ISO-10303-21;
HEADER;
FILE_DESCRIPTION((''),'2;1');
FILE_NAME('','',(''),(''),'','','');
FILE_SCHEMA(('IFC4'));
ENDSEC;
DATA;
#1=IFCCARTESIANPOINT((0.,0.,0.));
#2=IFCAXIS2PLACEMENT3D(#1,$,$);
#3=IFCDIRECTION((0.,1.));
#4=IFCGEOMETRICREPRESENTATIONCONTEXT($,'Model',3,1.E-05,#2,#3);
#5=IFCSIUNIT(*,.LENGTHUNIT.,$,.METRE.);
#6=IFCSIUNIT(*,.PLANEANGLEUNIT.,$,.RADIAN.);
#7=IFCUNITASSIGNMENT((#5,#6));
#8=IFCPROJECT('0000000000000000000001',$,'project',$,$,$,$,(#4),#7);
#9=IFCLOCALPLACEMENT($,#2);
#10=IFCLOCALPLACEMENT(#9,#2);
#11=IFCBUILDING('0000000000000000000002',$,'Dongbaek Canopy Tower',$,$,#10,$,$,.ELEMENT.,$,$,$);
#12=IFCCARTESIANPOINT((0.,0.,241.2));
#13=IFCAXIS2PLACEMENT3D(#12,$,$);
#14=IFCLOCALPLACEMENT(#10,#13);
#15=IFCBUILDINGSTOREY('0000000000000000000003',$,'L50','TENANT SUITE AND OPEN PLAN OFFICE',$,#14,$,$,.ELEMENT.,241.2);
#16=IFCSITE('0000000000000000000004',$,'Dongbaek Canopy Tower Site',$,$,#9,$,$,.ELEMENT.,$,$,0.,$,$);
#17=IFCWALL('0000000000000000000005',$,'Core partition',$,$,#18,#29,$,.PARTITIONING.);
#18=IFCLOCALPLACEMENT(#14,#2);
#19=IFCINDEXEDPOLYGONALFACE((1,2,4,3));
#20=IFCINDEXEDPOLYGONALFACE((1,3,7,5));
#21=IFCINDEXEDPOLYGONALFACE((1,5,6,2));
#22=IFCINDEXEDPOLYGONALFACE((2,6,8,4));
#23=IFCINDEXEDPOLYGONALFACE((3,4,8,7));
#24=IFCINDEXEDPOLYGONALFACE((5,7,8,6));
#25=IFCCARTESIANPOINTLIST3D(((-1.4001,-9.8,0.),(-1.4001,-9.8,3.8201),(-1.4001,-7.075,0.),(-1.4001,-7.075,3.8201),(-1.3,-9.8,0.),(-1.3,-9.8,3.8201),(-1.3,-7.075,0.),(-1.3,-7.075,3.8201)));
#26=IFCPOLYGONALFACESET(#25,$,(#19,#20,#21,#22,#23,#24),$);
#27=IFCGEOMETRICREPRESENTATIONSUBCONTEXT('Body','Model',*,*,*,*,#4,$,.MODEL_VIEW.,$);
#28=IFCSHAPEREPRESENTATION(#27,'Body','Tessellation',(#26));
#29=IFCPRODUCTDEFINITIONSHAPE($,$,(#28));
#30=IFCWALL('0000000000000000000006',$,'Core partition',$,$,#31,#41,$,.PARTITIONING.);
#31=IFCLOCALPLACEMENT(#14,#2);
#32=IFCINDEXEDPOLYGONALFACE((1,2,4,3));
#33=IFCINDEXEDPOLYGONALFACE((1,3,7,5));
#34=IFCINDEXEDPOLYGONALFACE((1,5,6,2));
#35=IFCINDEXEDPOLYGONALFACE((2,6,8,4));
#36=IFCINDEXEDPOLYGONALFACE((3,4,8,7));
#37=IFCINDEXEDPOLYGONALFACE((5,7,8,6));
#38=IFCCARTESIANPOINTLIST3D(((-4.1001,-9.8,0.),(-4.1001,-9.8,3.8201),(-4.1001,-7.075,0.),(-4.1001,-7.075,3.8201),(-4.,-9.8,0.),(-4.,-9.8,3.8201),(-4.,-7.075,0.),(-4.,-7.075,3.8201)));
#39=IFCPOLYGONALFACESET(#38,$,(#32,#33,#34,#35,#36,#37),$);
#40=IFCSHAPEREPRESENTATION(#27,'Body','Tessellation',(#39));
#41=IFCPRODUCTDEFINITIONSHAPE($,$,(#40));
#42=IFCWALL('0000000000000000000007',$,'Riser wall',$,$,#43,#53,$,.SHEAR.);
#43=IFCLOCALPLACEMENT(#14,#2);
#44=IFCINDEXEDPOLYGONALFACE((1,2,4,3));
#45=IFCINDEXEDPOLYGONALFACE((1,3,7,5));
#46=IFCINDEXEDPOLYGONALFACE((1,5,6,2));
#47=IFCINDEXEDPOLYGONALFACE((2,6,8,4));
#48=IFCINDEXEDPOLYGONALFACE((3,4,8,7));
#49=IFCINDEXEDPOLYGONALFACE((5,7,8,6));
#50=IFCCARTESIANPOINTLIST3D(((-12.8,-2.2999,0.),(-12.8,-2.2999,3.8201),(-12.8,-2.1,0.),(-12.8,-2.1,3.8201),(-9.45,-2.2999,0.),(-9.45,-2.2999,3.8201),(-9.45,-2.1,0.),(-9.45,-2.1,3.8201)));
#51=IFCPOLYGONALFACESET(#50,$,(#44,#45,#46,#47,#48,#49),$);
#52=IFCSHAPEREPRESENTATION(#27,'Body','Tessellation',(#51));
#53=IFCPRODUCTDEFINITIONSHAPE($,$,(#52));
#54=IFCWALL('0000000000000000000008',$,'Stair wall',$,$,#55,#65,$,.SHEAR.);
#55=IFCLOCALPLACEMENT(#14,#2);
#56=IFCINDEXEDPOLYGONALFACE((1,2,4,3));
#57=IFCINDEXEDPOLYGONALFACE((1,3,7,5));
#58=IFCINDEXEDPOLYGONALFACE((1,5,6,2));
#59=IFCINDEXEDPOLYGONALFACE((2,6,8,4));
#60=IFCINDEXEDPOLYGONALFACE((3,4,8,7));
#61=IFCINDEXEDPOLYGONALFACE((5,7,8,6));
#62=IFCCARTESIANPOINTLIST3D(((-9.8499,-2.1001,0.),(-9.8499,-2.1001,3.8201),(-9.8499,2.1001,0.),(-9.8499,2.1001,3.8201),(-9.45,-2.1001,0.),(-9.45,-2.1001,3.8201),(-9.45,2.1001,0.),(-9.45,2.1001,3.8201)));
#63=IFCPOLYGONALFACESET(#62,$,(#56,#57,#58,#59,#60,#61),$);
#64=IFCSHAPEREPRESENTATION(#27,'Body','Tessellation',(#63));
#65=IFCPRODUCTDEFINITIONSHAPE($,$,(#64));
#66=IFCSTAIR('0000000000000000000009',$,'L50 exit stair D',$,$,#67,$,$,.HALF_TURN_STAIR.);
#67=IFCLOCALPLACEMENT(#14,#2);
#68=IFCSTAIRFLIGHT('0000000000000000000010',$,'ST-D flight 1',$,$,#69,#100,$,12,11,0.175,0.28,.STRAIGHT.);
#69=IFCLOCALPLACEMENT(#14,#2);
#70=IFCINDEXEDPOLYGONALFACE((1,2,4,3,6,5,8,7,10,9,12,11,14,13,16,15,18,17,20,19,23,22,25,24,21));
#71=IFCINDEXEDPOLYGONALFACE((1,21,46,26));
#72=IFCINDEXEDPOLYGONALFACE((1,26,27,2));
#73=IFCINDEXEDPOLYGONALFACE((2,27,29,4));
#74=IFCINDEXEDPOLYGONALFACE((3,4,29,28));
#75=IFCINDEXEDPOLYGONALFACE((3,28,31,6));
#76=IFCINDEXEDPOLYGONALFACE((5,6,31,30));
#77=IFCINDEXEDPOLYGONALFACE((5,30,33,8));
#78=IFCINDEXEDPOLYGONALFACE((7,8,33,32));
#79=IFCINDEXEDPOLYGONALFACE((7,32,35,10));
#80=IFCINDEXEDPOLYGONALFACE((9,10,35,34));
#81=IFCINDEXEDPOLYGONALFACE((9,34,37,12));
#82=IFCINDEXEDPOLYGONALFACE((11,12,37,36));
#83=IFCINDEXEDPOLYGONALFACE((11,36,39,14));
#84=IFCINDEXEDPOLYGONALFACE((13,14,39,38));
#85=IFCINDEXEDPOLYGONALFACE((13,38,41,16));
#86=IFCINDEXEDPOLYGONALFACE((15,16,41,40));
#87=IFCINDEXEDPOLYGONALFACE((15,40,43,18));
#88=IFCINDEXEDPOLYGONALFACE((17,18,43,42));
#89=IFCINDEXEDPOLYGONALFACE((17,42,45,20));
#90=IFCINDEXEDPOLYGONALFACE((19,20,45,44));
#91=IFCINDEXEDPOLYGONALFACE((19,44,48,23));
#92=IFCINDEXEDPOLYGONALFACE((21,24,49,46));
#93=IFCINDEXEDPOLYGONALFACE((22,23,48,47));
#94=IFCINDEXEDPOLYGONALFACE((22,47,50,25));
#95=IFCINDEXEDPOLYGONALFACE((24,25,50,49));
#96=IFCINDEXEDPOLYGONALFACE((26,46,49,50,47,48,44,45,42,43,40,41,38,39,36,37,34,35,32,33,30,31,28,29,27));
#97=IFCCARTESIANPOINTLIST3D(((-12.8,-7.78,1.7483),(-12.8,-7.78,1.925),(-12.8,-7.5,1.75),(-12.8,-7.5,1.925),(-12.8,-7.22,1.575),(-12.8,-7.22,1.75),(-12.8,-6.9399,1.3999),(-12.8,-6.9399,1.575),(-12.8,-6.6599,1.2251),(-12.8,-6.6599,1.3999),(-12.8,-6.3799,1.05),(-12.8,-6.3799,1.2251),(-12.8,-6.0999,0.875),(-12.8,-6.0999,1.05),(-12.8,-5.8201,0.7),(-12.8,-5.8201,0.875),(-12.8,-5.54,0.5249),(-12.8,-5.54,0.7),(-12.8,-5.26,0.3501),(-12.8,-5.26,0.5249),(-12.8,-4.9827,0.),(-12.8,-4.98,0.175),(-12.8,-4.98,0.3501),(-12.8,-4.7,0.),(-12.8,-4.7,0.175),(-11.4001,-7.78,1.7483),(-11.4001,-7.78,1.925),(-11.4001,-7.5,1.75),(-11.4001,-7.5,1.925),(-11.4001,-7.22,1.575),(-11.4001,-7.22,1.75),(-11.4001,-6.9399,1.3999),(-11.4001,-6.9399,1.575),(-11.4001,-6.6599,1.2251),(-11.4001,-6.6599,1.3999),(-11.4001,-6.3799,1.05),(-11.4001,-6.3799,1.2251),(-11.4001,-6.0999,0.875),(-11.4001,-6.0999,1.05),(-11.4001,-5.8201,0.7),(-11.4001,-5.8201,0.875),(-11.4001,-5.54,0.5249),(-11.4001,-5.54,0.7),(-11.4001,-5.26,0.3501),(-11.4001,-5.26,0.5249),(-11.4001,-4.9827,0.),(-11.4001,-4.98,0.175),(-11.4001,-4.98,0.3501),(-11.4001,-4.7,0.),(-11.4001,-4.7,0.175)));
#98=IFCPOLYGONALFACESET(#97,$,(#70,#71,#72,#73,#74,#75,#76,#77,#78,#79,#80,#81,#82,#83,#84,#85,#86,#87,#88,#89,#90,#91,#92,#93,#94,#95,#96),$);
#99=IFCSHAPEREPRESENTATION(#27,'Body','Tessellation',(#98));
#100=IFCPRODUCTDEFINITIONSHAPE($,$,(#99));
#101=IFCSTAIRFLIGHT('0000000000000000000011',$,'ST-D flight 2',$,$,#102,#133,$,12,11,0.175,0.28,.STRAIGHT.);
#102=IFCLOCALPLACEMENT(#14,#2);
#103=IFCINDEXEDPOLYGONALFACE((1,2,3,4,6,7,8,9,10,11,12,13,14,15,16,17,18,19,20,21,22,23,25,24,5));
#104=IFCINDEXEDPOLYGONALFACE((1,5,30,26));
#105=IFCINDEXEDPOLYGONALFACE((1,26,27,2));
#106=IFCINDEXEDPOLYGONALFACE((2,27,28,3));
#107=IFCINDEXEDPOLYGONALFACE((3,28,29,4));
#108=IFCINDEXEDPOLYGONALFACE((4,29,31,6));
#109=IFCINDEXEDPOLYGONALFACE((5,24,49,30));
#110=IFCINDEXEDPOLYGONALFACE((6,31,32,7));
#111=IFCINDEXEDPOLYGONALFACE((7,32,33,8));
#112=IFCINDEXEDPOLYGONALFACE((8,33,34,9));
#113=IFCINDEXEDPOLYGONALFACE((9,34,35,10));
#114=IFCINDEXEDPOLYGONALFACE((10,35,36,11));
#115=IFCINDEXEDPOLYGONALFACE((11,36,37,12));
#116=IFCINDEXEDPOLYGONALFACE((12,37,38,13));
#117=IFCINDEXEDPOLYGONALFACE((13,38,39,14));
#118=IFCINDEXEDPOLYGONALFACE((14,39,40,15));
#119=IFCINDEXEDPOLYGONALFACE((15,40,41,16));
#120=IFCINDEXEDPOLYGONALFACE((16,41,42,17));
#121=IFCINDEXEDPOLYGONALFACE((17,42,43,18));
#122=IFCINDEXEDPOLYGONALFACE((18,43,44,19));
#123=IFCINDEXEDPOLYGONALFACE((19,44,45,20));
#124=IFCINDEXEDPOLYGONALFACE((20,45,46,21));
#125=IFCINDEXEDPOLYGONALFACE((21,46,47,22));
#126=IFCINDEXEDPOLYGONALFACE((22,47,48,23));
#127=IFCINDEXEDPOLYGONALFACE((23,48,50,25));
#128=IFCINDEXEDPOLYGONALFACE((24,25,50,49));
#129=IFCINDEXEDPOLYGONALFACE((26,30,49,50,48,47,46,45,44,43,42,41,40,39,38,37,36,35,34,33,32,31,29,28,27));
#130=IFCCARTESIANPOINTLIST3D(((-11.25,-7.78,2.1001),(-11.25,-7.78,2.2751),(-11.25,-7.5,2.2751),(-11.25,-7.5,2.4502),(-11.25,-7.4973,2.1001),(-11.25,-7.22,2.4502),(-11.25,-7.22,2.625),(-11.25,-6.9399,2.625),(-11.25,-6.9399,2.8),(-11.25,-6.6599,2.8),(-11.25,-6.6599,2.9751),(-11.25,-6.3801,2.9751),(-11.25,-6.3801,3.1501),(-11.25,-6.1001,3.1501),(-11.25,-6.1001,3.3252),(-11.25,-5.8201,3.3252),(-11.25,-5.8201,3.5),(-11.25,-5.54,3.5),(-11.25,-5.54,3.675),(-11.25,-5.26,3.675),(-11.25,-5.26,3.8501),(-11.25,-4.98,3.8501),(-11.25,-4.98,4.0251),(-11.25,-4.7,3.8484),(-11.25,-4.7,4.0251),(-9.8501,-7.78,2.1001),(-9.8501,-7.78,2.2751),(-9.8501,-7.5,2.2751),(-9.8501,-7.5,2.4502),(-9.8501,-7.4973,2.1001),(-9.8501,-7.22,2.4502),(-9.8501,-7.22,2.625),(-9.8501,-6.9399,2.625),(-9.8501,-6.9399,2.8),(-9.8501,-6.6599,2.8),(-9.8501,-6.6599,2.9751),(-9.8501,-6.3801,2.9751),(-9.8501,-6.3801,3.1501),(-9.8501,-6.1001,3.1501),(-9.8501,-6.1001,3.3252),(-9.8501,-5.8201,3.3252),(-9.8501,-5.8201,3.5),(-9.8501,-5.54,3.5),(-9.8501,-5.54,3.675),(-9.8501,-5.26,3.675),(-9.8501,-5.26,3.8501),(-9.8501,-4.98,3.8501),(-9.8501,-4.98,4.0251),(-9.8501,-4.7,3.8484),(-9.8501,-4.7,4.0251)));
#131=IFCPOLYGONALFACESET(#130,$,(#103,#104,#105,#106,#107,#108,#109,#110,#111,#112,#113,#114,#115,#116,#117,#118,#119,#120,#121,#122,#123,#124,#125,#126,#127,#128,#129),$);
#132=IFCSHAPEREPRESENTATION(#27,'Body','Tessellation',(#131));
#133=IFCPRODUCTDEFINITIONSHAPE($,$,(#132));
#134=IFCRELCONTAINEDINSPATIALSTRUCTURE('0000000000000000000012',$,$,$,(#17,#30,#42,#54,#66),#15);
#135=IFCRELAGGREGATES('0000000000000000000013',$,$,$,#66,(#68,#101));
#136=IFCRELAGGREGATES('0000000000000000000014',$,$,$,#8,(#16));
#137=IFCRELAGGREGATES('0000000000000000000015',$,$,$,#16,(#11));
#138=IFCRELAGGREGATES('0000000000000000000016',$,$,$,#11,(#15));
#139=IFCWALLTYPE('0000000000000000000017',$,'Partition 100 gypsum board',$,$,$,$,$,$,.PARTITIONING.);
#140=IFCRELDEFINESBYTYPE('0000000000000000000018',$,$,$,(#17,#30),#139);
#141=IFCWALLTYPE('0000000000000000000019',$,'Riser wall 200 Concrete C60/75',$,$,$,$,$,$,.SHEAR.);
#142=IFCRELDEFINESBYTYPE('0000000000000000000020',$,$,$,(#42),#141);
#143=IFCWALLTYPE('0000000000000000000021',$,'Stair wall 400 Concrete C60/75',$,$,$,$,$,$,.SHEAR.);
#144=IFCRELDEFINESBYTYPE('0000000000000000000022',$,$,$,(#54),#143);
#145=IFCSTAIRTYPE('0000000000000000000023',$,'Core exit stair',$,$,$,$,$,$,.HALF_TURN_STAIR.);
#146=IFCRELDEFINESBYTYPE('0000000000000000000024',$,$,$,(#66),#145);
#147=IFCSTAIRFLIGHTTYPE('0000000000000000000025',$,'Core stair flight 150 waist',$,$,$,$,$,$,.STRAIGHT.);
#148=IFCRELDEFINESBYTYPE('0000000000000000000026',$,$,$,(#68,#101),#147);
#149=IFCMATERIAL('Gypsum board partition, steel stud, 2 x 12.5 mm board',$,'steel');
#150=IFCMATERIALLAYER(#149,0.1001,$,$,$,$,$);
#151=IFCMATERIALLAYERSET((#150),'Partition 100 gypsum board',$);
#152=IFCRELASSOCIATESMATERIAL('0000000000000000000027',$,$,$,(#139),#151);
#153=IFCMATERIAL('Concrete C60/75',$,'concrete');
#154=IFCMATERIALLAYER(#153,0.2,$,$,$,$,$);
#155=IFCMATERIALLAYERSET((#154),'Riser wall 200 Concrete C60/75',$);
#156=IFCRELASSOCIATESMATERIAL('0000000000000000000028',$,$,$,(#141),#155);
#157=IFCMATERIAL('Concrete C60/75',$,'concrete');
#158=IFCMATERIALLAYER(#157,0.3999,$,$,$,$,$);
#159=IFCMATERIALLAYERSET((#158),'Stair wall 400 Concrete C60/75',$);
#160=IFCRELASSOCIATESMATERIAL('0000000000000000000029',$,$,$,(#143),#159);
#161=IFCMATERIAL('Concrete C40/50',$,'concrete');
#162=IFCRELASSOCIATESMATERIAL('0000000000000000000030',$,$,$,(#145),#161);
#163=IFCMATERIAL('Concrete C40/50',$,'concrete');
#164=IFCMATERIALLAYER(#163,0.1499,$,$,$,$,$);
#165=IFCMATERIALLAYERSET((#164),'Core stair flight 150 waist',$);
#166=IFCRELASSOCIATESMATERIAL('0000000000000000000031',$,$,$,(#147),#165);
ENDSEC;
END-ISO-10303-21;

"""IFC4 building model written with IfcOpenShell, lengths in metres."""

from ifc_helpers import new_model, si_unit, direction, frame, frame_2d, origin, place, context, subcontext, project, spatial, polyline, rectangle, outline, extrude, material, layer, layer_set, type_object, element, aggregate, save


model = new_model("IFC4")

# Units and contexts
model_context = context("Model", 3, precision=1e-05, world=origin(), true_north=direction((0.0, 1.0)))
body_context = subcontext(model_context, "Body", "Model", "MODEL_VIEW")
ifc_project = project(units=[si_unit("LENGTHUNIT", "METRE"), si_unit("PLANEANGLEUNIT", "RADIAN")], contexts=[model_context])

# Site, building, storey
site_placement = place(None, origin())
site = spatial("IfcSite", under=ifc_project, at=site_placement, Name="Dongbaek Canopy Tower Site", CompositionType="ELEMENT", RefElevation=0.0)
building_placement = place(site_placement, origin())
building = spatial("IfcBuilding", under=site, at=building_placement, Name="Dongbaek Canopy Tower", CompositionType="ELEMENT")
storey_placement = place(building_placement, frame((0.0, 0.0, 241.2)))
storey = spatial("IfcBuildingStorey", under=building, at=storey_placement, Name="L50", Description="TENANT SUITE AND OPEN PLAN OFFICE", CompositionType="ELEMENT", Elevation=241.2)

# Walls
ifc_material_1 = material(Name="Gypsum board partition, steel stud, 2 x 12.5 mm board", Category="steel")
ifc_layer_1 = layer(ifc_material_1, 0.1001)
ifc_layer_set_1 = layer_set([ifc_layer_1], Name="Partition 100 gypsum board")
wall_type_1 = type_object("IfcWallType", Name="Partition 100 gypsum board", PredefinedType="PARTITIONING", material=ifc_layer_set_1)
for number, where, z_axis, x_axis, name in (
    (1, (-1.3501, -9.8, 0.0), (0.0, 0.0, 1.0), (0.0, 1.0, 0.0), "Core partition"),
    (2, (-4.05, -9.8, 0.0), (0.0, 0.0, 1.0), (0.0, 1.0, 0.0), "Core partition"),
):
    element("IfcWall", number, at=place(storey_placement, frame(where, z_axis=z_axis, x_axis=x_axis)), inside=storey, type_object=wall_type_1, Name=name, PredefinedType="PARTITIONING", context=body_context, shape_type="SweptSolid", body=[
        extrude(rectangle(XDim=2.7251, YDim=0.1001, at=frame_2d((1.3625, 0.0))), origin(), (0.0, 0.0, 1.0), 3.8201),
    ])
ifc_material_2 = material(Name="Concrete C60/75", Category="concrete")
ifc_layer_2 = layer(ifc_material_2, 0.2)
ifc_layer_set_2 = layer_set([ifc_layer_2], Name="Riser wall 200 Concrete C60/75")
wall_type_2 = type_object("IfcWallType", Name="Riser wall 200 Concrete C60/75", PredefinedType="SHEAR", material=ifc_layer_set_2)
wall_1_placement = place(storey_placement, frame((-9.45, -2.2, 0.0), z_axis=(0.0, 0.0, 1.0), x_axis=(-1.0, 0.0, 0.0)))
element("IfcWall", 3, at=wall_1_placement, inside=storey, type_object=wall_type_2, Name="Riser wall", PredefinedType="SHEAR", context=body_context, shape_type="SweptSolid", body=[
    extrude(rectangle(XDim=3.3501, YDim=0.2, at=frame_2d((1.675, 0.0))), origin(), (0.0, 0.0, 1.0), 3.8201),
])
ifc_material_3 = material(Name="Concrete C60/75", Category="concrete")
ifc_layer_3 = layer(ifc_material_3, 0.3999)
ifc_layer_set_3 = layer_set([ifc_layer_3], Name="Stair wall 400 Concrete C60/75")
wall_type_3 = type_object("IfcWallType", Name="Stair wall 400 Concrete C60/75", PredefinedType="SHEAR", material=ifc_layer_set_3)
wall_2_placement = place(storey_placement, frame((-9.6499, -2.1001, 0.0), z_axis=(0.0, 0.0, 1.0), x_axis=(0.0, 1.0, 0.0)))
element("IfcWall", 4, at=wall_2_placement, inside=storey, type_object=wall_type_3, Name="Stair wall", PredefinedType="SHEAR", context=body_context, shape_type="SweptSolid", body=[
    extrude(rectangle(XDim=4.2002, YDim=0.3999, at=frame_2d((2.1001, 0.0))), origin(), (0.0, 0.0, 1.0), 3.8201),
])

# Stair, stair flights
ifc_material_4 = material(Name="Concrete C40/50", Category="concrete")
stair_type = type_object("IfcStairType", Name="Core exit stair", PredefinedType="HALF_TURN_STAIR", material=ifc_material_4)
stair_placement = place(storey_placement, origin())
stair = element("IfcStair", 5, at=stair_placement, inside=storey, type_object=stair_type, Name="L50 exit stair D", PredefinedType="HALF_TURN_STAIR")
ifc_material_5 = material(Name="Concrete C40/50", Category="concrete")
ifc_layer_4 = layer(ifc_material_5, 0.1499)
ifc_layer_set_4 = layer_set([ifc_layer_4], Name="Core stair flight 150 waist")
stair_flight_type = type_object("IfcStairFlightType", Name="Core stair flight 150 waist", PredefinedType="STRAIGHT", material=ifc_layer_set_4)
stair_flight_1_placement = place(storey_placement, frame((-12.1001, -4.7, 0.0), z_axis=(0.0, 0.0, 1.0), x_axis=(0.0, -1.0, 0.0)))
stair_flight_1 = element("IfcStairFlight", 6, at=stair_flight_1_placement, type_object=stair_flight_type, Name="ST-D flight 1", NumberOfRisers=12, NumberOfTreads=11, PredefinedType="STRAIGHT", RiserHeight=0.175, TreadLength=0.28, context=body_context, shape_type="SweptSolid", body=[
    extrude(outline(polyline([(0.0, 0.0), (0.0, 0.175), (0.28, 0.175), (0.28, 0.3501), (0.5601, 0.3501), (0.5601, 0.5249), (0.8401, 0.5249), (0.8401, 0.7), (1.1201, 0.7), (1.1201, 0.875), (1.3999, 0.875), (1.3999, 1.05), (1.6799, 1.05), (1.6799, 1.2251), (1.96, 1.2251), (1.96, 1.3999), (2.24, 1.3999), (2.24, 1.575), (2.52, 1.575), (2.52, 1.75), (2.8, 1.75), (2.8, 1.925), (3.0801, 1.925), (3.0801, 2.1001), (3.0801, 1.7483), (0.2827, 0.0), (0.0, 0.0)])), frame((0.0, 0.7, 0.0), z_axis=(0.0, -1.0, 0.0), x_axis=(1.0, 0.0, 0.0)), (0.0, 0.0, 1.0), 1.3999),
])
stair_flight_2_placement = place(storey_placement, frame((-10.55, -7.78, 2.1001), z_axis=(0.0, 0.0, 1.0), x_axis=(0.0, 1.0, 0.0)))
stair_flight_2 = element("IfcStairFlight", 7, at=stair_flight_2_placement, type_object=stair_flight_type, Name="ST-D flight 2", NumberOfRisers=12, NumberOfTreads=11, PredefinedType="STRAIGHT", RiserHeight=0.175, TreadLength=0.28, context=body_context, shape_type="SweptSolid", body=[
    extrude(outline(polyline([(0.0, 0.0), (0.0, 0.175), (0.28, 0.175), (0.28, 0.3501), (0.5601, 0.3501), (0.5601, 0.5249), (0.8401, 0.5249), (0.8401, 0.7), (1.1201, 0.7), (1.1201, 0.875), (1.3999, 0.875), (1.3999, 1.05), (1.6799, 1.05), (1.6799, 1.2251), (1.96, 1.2251), (1.96, 1.3999), (2.24, 1.3999), (2.24, 1.575), (2.52, 1.575), (2.52, 1.75), (2.8, 1.75), (2.8, 1.925), (3.0801, 1.925), (3.0801, 2.1001), (3.0801, 1.7483), (0.2827, 0.0), (0.0, 0.0)])), frame((0.0, 0.7, 0.0), z_axis=(0.0, -1.0, 0.0), x_axis=(1.0, 0.0, 0.0)), (0.0, 0.0, 1.0), 1.3999),
])
aggregate(stair, [stair_flight_1, stair_flight_2])

save(model, "model.ifc")
